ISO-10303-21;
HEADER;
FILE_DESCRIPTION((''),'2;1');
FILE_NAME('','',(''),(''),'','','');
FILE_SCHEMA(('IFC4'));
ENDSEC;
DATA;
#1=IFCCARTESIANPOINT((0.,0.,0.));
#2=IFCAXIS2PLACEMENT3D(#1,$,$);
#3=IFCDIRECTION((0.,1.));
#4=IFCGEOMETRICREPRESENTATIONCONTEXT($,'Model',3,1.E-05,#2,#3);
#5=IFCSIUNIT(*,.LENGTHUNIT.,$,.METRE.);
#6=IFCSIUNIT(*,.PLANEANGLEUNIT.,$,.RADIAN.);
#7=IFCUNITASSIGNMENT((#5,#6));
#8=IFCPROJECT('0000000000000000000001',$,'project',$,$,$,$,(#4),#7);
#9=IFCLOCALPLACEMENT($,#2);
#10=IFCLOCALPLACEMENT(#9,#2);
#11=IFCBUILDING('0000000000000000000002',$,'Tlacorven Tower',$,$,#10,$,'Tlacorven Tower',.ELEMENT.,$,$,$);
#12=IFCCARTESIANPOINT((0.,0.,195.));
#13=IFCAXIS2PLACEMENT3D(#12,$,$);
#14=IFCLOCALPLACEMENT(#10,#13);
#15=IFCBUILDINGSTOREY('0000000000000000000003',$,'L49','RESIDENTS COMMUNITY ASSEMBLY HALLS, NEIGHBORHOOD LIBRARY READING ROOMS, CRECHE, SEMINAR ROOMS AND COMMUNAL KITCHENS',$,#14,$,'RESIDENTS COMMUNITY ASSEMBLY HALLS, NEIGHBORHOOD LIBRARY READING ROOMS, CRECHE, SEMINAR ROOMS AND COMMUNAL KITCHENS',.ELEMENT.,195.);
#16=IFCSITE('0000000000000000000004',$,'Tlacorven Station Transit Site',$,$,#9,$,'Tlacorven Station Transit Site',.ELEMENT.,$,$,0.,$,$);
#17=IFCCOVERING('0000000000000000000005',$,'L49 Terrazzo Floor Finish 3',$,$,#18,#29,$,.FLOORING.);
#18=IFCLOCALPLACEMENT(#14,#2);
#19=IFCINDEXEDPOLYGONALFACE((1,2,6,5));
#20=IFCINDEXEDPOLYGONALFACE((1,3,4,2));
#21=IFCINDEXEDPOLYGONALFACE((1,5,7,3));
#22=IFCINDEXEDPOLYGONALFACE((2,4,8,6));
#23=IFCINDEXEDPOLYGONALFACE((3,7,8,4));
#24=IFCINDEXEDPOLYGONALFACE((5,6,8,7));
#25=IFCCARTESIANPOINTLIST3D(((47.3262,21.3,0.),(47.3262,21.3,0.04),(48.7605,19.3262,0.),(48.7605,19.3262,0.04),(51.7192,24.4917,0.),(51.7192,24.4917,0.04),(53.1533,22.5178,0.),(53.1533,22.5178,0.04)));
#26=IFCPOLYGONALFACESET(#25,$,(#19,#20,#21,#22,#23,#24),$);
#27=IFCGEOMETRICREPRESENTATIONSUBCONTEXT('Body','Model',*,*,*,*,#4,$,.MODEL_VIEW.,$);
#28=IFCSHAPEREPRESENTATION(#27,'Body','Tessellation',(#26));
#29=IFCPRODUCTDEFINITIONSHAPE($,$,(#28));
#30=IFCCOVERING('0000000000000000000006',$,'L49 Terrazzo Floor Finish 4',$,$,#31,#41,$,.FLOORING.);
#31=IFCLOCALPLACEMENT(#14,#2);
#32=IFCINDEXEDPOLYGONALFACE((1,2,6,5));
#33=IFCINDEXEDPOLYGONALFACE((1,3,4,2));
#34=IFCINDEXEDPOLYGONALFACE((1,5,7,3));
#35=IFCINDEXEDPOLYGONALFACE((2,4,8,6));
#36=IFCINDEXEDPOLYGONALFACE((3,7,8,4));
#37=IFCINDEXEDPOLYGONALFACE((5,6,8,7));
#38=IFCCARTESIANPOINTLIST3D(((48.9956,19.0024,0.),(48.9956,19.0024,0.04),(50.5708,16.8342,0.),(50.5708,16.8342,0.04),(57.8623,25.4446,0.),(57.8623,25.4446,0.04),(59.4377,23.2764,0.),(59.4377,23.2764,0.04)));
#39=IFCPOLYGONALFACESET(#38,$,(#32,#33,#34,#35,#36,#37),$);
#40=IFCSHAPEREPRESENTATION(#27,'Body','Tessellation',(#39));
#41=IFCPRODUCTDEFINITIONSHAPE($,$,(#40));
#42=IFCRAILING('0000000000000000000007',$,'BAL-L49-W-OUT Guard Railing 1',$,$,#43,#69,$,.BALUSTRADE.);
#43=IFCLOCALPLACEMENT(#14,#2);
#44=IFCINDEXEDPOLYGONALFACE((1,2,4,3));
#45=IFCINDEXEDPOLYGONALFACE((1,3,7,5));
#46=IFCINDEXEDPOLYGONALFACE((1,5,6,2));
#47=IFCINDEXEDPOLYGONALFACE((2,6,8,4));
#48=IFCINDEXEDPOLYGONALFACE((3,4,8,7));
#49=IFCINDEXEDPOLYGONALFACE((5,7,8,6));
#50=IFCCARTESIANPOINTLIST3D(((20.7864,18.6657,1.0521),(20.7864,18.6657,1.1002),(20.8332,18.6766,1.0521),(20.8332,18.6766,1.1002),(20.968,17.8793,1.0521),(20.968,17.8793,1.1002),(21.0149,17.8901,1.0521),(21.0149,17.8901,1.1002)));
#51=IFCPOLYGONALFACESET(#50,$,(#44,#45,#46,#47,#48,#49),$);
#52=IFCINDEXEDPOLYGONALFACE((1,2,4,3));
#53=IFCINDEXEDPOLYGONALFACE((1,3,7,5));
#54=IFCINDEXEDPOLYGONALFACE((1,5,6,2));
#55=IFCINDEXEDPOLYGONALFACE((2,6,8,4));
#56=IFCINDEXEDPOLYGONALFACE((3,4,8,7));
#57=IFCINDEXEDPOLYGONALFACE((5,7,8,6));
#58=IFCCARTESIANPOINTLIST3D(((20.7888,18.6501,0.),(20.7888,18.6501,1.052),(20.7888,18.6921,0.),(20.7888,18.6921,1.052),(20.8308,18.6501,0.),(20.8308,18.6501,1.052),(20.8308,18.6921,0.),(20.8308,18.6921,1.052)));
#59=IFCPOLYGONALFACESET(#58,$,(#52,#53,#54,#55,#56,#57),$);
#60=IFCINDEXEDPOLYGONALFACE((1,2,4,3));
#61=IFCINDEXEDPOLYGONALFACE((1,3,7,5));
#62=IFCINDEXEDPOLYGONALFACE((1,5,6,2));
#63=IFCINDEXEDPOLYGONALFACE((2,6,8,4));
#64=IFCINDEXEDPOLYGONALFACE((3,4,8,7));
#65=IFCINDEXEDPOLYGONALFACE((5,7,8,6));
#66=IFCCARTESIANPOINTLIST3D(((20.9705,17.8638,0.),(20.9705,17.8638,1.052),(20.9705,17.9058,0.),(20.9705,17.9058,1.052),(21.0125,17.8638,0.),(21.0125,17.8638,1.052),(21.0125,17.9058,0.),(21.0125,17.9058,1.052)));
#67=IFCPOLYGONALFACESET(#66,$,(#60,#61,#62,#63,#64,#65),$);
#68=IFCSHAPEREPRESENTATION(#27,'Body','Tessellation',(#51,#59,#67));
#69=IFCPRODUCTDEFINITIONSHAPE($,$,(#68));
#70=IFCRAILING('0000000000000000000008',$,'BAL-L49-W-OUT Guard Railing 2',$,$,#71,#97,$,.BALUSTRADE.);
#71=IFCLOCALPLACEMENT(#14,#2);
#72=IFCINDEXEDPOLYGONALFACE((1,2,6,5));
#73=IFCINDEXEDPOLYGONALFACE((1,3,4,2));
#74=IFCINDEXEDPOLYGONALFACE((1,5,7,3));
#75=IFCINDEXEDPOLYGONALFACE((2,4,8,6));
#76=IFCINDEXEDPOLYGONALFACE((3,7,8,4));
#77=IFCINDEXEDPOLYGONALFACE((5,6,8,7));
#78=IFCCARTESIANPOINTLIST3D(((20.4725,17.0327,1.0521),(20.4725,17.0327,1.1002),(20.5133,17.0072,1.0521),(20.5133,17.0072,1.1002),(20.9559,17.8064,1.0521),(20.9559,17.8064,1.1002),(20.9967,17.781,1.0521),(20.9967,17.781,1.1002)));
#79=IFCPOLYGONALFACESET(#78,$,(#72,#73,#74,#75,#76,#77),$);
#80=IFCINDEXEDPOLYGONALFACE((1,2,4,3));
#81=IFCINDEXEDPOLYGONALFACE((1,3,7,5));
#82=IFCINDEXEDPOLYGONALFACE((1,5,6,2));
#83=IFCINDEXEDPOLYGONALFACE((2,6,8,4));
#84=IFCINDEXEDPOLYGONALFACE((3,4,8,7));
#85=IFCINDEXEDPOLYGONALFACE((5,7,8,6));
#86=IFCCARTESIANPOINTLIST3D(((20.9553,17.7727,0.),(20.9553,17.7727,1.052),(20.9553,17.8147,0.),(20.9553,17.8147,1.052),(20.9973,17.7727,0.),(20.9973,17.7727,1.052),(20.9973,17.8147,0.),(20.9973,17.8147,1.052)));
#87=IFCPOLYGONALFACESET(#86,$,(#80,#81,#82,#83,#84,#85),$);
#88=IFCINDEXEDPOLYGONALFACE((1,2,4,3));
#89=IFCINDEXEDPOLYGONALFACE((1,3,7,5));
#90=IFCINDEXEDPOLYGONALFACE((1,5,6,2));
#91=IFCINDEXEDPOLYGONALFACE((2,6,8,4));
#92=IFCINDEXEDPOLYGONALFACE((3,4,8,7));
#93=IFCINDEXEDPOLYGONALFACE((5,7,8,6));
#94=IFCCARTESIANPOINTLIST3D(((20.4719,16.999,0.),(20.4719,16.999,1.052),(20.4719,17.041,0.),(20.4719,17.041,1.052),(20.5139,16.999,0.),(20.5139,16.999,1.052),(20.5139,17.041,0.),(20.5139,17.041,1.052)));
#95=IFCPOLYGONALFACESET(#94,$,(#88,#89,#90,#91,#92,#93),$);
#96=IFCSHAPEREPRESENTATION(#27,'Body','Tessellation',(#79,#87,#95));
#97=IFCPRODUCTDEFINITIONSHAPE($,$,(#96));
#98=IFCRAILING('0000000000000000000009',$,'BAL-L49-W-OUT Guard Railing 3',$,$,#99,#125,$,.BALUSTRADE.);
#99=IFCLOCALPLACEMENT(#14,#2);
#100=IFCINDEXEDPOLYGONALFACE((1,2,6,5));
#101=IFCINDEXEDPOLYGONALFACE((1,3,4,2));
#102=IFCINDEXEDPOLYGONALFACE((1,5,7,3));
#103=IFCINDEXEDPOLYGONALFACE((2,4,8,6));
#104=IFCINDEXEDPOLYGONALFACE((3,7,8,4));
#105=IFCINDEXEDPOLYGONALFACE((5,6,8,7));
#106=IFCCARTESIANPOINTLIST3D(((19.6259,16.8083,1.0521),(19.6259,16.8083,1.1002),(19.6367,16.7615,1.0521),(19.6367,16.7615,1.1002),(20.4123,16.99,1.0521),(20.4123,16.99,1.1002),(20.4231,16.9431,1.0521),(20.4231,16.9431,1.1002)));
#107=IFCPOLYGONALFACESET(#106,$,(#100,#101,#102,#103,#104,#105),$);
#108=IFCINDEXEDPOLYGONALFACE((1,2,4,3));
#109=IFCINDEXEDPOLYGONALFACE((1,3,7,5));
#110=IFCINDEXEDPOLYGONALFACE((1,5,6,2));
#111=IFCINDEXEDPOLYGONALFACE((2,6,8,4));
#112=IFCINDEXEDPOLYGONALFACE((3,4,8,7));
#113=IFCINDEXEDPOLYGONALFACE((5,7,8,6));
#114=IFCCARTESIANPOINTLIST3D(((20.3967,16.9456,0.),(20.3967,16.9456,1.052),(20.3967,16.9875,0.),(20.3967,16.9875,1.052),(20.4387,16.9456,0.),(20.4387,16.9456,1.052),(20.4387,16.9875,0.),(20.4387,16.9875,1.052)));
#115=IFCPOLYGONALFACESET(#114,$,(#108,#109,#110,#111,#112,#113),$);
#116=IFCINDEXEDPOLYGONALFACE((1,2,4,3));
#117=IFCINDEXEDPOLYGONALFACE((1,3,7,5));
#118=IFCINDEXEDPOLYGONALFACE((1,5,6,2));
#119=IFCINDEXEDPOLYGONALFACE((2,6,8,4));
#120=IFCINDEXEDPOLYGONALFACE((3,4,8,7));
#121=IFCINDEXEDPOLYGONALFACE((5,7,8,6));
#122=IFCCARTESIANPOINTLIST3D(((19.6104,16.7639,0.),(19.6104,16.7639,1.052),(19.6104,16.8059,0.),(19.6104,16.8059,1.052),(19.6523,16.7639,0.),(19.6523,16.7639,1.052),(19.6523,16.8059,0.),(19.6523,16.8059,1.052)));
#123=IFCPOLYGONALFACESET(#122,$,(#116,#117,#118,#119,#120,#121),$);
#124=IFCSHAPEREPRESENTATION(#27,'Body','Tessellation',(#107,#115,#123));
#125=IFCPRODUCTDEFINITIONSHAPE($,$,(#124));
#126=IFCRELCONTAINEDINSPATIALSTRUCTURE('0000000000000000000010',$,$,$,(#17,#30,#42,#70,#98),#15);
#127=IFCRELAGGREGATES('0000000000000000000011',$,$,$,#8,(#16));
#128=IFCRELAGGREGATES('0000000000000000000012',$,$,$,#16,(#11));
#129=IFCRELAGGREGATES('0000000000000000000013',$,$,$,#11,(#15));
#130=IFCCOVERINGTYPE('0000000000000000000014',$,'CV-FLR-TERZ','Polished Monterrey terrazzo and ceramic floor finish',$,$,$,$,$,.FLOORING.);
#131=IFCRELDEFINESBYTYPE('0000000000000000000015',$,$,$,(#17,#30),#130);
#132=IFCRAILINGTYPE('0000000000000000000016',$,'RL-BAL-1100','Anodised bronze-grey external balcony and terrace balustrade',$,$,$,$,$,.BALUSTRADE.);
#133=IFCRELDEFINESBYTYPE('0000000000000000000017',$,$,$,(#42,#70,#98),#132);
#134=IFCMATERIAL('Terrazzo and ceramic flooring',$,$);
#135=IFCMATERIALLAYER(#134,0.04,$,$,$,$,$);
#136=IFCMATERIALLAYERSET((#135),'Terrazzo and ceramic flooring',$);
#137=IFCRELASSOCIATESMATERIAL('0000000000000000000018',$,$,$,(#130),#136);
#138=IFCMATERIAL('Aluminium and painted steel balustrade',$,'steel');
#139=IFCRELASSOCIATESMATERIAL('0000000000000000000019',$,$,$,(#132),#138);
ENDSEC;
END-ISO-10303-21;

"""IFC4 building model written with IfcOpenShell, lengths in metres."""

from ifc_helpers import new_model, si_unit, direction, frame, origin, origin_2d, place, context, subcontext, project, spatial, polyline, rectangle, outline, extrude, source, transform, mapped, material, layer, layer_set, type_object, element, save


model = new_model("IFC4")

# Units and contexts
model_context = context("Model", 3, precision=1e-05, world=origin(), true_north=direction((0.0, 1.0)))
body_context = subcontext(model_context, "Body", "Model", "MODEL_VIEW")
ifc_project = project(units=[si_unit("LENGTHUNIT", "METRE"), si_unit("PLANEANGLEUNIT", "RADIAN")], contexts=[model_context])

# Site, building, storey
site_placement = place(None, origin())
site = spatial("IfcSite", under=ifc_project, at=site_placement, Name="Tlacorven Station Transit Site", LongName="Tlacorven Station Transit Site", CompositionType="ELEMENT", RefElevation=0.0)
building_placement = place(site_placement, origin())
building = spatial("IfcBuilding", under=site, at=building_placement, Name="Tlacorven Tower", LongName="Tlacorven Tower", CompositionType="ELEMENT")
storey_placement = place(building_placement, frame((0.0, 0.0, 195.0)))
storey = spatial("IfcBuildingStorey", under=building, at=storey_placement, Name="L49", Description="RESIDENTS COMMUNITY ASSEMBLY HALLS, NEIGHBORHOOD LIBRARY READING ROOMS, CRECHE, SEMINAR ROOMS AND COMMUNAL KITCHENS", LongName="RESIDENTS COMMUNITY ASSEMBLY HALLS, NEIGHBORHOOD LIBRARY READING ROOMS, CRECHE, SEMINAR ROOMS AND COMMUNAL KITCHENS", CompositionType="ELEMENT", Elevation=195.0)

# Coverings
ifc_material_1 = material(Name="Terrazzo and ceramic flooring")
ifc_layer_1 = layer(ifc_material_1, 0.04)
ifc_layer_set_1 = layer_set([ifc_layer_1], Name="Terrazzo and ceramic flooring")
covering_type_1 = type_object("IfcCoveringType", Name="CV-FLR-TERZ", Description="Polished Monterrey terrazzo and ceramic floor finish", PredefinedType="FLOORING", material=ifc_layer_set_1)
covering_1_placement = place(storey_placement, origin())
element("IfcCovering", 1, at=covering_1_placement, inside=storey, type_object=covering_type_1, Name="L49 Terrazzo Floor Finish 3", PredefinedType="FLOORING", context=body_context, shape_type="SweptSolid", body=[
    extrude(outline(polyline([(48.7605, 19.3262), (47.3262, 21.3), (51.7192, 24.4917), (53.1533, 22.5178), (48.7605, 19.3262)])), origin(), (0.0, 0.0, 1.0), 0.04),
])
covering_2_placement = place(storey_placement, origin())
element("IfcCovering", 2, at=covering_2_placement, inside=storey, type_object=covering_type_1, Name="L49 Terrazzo Floor Finish 4", PredefinedType="FLOORING", context=body_context, shape_type="SweptSolid", body=[
    extrude(outline(polyline([(50.5708, 16.8342), (48.9956, 19.0024), (57.8623, 25.4446), (59.4377, 23.2764), (50.5708, 16.8342)])), origin(), (0.0, 0.0, 1.0), 0.04),
])

# Railings
ifc_material_2 = material(Name="Aluminium and painted steel balustrade", Category="steel")
railing_type = type_object("IfcRailingType", Name="RL-BAL-1100", Description="Anodised bronze-grey external balcony and terrace balustrade", PredefinedType="BALUSTRADE", material=ifc_material_2)
shared_shape_1 = source(origin(), body_context, "Body", "SweptSolid", [
    extrude(rectangle(XDim=0.0481, YDim=0.0481, at=origin_2d()), frame((0.0, 0.0, 1.0762), z_axis=(0.225058, -0.974345, 0.0), x_axis=(0.974345, 0.225058, 0.0)), (0.0, 0.0, 1.0), 0.8071),
    extrude(rectangle(XDim=0.042, YDim=0.042, at=origin_2d()), origin(), (0.0, 0.0, 1.0), 1.052),
    extrude(rectangle(XDim=0.042, YDim=0.042, at=origin_2d()), frame((0.1816, -0.7864, 0.0)), (0.0, 0.0, 1.0), 1.052),
])
railing_1_placement = place(storey_placement, frame((20.8098, 18.6711, 0.0)))
element("IfcRailing", 3, at=railing_1_placement, inside=storey, type_object=railing_type, Name="BAL-L49-W-OUT Guard Railing 1", PredefinedType="BALUSTRADE", context=body_context, shape_type="MappedRepresentation", body=[
    mapped(shared_shape_1, transform((0.0, 0.0, 0.0), scale=1.0)),
])
shared_shape_2 = source(origin(), body_context, "Body", "SweptSolid", [
    extrude(rectangle(XDim=0.0481, YDim=0.0481, at=origin_2d()), frame((0.0, 0.0, 1.0762), z_axis=(-0.529879, -0.848073, 0.0), x_axis=(0.848073, -0.529879, 0.0)), (0.0, 0.0, 1.0), 0.9124),
    extrude(rectangle(XDim=0.042, YDim=0.042, at=origin_2d()), origin(), (0.0, 0.0, 1.0), 1.052),
    extrude(rectangle(XDim=0.042, YDim=0.042, at=origin_2d()), frame((-0.4834, -0.7737, 0.0)), (0.0, 0.0, 1.0), 1.052),
])
railing_2_placement = place(storey_placement, frame((20.9763, 17.7937, 0.0)))
element("IfcRailing", 4, at=railing_2_placement, inside=storey, type_object=railing_type, Name="BAL-L49-W-OUT Guard Railing 2", PredefinedType="BALUSTRADE", context=body_context, shape_type="MappedRepresentation", body=[
    mapped(shared_shape_2, transform((0.0, 0.0, 0.0), scale=1.0)),
])
shared_shape_3 = source(origin(), body_context, "Body", "SweptSolid", [
    extrude(rectangle(XDim=0.0481, YDim=0.0481, at=origin_2d()), frame((0.0, 0.0, 1.0762), z_axis=(-0.974345, -0.225058, 0.0), x_axis=(0.225058, -0.974345, 0.0)), (0.0, 0.0, 1.0), 0.8071),
    extrude(rectangle(XDim=0.042, YDim=0.042, at=origin_2d()), origin(), (0.0, 0.0, 1.0), 1.052),
    extrude(rectangle(XDim=0.042, YDim=0.042, at=origin_2d()), frame((-0.7864, -0.1816, 0.0)), (0.0, 0.0, 1.0), 1.052),
])
railing_3_placement = place(storey_placement, frame((20.4177, 16.9666, 0.0)))
element("IfcRailing", 5, at=railing_3_placement, inside=storey, type_object=railing_type, Name="BAL-L49-W-OUT Guard Railing 3", PredefinedType="BALUSTRADE", context=body_context, shape_type="MappedRepresentation", body=[
    mapped(shared_shape_3, transform((0.0, 0.0, 0.0), scale=1.0)),
])

save(model, "model.ifc")
